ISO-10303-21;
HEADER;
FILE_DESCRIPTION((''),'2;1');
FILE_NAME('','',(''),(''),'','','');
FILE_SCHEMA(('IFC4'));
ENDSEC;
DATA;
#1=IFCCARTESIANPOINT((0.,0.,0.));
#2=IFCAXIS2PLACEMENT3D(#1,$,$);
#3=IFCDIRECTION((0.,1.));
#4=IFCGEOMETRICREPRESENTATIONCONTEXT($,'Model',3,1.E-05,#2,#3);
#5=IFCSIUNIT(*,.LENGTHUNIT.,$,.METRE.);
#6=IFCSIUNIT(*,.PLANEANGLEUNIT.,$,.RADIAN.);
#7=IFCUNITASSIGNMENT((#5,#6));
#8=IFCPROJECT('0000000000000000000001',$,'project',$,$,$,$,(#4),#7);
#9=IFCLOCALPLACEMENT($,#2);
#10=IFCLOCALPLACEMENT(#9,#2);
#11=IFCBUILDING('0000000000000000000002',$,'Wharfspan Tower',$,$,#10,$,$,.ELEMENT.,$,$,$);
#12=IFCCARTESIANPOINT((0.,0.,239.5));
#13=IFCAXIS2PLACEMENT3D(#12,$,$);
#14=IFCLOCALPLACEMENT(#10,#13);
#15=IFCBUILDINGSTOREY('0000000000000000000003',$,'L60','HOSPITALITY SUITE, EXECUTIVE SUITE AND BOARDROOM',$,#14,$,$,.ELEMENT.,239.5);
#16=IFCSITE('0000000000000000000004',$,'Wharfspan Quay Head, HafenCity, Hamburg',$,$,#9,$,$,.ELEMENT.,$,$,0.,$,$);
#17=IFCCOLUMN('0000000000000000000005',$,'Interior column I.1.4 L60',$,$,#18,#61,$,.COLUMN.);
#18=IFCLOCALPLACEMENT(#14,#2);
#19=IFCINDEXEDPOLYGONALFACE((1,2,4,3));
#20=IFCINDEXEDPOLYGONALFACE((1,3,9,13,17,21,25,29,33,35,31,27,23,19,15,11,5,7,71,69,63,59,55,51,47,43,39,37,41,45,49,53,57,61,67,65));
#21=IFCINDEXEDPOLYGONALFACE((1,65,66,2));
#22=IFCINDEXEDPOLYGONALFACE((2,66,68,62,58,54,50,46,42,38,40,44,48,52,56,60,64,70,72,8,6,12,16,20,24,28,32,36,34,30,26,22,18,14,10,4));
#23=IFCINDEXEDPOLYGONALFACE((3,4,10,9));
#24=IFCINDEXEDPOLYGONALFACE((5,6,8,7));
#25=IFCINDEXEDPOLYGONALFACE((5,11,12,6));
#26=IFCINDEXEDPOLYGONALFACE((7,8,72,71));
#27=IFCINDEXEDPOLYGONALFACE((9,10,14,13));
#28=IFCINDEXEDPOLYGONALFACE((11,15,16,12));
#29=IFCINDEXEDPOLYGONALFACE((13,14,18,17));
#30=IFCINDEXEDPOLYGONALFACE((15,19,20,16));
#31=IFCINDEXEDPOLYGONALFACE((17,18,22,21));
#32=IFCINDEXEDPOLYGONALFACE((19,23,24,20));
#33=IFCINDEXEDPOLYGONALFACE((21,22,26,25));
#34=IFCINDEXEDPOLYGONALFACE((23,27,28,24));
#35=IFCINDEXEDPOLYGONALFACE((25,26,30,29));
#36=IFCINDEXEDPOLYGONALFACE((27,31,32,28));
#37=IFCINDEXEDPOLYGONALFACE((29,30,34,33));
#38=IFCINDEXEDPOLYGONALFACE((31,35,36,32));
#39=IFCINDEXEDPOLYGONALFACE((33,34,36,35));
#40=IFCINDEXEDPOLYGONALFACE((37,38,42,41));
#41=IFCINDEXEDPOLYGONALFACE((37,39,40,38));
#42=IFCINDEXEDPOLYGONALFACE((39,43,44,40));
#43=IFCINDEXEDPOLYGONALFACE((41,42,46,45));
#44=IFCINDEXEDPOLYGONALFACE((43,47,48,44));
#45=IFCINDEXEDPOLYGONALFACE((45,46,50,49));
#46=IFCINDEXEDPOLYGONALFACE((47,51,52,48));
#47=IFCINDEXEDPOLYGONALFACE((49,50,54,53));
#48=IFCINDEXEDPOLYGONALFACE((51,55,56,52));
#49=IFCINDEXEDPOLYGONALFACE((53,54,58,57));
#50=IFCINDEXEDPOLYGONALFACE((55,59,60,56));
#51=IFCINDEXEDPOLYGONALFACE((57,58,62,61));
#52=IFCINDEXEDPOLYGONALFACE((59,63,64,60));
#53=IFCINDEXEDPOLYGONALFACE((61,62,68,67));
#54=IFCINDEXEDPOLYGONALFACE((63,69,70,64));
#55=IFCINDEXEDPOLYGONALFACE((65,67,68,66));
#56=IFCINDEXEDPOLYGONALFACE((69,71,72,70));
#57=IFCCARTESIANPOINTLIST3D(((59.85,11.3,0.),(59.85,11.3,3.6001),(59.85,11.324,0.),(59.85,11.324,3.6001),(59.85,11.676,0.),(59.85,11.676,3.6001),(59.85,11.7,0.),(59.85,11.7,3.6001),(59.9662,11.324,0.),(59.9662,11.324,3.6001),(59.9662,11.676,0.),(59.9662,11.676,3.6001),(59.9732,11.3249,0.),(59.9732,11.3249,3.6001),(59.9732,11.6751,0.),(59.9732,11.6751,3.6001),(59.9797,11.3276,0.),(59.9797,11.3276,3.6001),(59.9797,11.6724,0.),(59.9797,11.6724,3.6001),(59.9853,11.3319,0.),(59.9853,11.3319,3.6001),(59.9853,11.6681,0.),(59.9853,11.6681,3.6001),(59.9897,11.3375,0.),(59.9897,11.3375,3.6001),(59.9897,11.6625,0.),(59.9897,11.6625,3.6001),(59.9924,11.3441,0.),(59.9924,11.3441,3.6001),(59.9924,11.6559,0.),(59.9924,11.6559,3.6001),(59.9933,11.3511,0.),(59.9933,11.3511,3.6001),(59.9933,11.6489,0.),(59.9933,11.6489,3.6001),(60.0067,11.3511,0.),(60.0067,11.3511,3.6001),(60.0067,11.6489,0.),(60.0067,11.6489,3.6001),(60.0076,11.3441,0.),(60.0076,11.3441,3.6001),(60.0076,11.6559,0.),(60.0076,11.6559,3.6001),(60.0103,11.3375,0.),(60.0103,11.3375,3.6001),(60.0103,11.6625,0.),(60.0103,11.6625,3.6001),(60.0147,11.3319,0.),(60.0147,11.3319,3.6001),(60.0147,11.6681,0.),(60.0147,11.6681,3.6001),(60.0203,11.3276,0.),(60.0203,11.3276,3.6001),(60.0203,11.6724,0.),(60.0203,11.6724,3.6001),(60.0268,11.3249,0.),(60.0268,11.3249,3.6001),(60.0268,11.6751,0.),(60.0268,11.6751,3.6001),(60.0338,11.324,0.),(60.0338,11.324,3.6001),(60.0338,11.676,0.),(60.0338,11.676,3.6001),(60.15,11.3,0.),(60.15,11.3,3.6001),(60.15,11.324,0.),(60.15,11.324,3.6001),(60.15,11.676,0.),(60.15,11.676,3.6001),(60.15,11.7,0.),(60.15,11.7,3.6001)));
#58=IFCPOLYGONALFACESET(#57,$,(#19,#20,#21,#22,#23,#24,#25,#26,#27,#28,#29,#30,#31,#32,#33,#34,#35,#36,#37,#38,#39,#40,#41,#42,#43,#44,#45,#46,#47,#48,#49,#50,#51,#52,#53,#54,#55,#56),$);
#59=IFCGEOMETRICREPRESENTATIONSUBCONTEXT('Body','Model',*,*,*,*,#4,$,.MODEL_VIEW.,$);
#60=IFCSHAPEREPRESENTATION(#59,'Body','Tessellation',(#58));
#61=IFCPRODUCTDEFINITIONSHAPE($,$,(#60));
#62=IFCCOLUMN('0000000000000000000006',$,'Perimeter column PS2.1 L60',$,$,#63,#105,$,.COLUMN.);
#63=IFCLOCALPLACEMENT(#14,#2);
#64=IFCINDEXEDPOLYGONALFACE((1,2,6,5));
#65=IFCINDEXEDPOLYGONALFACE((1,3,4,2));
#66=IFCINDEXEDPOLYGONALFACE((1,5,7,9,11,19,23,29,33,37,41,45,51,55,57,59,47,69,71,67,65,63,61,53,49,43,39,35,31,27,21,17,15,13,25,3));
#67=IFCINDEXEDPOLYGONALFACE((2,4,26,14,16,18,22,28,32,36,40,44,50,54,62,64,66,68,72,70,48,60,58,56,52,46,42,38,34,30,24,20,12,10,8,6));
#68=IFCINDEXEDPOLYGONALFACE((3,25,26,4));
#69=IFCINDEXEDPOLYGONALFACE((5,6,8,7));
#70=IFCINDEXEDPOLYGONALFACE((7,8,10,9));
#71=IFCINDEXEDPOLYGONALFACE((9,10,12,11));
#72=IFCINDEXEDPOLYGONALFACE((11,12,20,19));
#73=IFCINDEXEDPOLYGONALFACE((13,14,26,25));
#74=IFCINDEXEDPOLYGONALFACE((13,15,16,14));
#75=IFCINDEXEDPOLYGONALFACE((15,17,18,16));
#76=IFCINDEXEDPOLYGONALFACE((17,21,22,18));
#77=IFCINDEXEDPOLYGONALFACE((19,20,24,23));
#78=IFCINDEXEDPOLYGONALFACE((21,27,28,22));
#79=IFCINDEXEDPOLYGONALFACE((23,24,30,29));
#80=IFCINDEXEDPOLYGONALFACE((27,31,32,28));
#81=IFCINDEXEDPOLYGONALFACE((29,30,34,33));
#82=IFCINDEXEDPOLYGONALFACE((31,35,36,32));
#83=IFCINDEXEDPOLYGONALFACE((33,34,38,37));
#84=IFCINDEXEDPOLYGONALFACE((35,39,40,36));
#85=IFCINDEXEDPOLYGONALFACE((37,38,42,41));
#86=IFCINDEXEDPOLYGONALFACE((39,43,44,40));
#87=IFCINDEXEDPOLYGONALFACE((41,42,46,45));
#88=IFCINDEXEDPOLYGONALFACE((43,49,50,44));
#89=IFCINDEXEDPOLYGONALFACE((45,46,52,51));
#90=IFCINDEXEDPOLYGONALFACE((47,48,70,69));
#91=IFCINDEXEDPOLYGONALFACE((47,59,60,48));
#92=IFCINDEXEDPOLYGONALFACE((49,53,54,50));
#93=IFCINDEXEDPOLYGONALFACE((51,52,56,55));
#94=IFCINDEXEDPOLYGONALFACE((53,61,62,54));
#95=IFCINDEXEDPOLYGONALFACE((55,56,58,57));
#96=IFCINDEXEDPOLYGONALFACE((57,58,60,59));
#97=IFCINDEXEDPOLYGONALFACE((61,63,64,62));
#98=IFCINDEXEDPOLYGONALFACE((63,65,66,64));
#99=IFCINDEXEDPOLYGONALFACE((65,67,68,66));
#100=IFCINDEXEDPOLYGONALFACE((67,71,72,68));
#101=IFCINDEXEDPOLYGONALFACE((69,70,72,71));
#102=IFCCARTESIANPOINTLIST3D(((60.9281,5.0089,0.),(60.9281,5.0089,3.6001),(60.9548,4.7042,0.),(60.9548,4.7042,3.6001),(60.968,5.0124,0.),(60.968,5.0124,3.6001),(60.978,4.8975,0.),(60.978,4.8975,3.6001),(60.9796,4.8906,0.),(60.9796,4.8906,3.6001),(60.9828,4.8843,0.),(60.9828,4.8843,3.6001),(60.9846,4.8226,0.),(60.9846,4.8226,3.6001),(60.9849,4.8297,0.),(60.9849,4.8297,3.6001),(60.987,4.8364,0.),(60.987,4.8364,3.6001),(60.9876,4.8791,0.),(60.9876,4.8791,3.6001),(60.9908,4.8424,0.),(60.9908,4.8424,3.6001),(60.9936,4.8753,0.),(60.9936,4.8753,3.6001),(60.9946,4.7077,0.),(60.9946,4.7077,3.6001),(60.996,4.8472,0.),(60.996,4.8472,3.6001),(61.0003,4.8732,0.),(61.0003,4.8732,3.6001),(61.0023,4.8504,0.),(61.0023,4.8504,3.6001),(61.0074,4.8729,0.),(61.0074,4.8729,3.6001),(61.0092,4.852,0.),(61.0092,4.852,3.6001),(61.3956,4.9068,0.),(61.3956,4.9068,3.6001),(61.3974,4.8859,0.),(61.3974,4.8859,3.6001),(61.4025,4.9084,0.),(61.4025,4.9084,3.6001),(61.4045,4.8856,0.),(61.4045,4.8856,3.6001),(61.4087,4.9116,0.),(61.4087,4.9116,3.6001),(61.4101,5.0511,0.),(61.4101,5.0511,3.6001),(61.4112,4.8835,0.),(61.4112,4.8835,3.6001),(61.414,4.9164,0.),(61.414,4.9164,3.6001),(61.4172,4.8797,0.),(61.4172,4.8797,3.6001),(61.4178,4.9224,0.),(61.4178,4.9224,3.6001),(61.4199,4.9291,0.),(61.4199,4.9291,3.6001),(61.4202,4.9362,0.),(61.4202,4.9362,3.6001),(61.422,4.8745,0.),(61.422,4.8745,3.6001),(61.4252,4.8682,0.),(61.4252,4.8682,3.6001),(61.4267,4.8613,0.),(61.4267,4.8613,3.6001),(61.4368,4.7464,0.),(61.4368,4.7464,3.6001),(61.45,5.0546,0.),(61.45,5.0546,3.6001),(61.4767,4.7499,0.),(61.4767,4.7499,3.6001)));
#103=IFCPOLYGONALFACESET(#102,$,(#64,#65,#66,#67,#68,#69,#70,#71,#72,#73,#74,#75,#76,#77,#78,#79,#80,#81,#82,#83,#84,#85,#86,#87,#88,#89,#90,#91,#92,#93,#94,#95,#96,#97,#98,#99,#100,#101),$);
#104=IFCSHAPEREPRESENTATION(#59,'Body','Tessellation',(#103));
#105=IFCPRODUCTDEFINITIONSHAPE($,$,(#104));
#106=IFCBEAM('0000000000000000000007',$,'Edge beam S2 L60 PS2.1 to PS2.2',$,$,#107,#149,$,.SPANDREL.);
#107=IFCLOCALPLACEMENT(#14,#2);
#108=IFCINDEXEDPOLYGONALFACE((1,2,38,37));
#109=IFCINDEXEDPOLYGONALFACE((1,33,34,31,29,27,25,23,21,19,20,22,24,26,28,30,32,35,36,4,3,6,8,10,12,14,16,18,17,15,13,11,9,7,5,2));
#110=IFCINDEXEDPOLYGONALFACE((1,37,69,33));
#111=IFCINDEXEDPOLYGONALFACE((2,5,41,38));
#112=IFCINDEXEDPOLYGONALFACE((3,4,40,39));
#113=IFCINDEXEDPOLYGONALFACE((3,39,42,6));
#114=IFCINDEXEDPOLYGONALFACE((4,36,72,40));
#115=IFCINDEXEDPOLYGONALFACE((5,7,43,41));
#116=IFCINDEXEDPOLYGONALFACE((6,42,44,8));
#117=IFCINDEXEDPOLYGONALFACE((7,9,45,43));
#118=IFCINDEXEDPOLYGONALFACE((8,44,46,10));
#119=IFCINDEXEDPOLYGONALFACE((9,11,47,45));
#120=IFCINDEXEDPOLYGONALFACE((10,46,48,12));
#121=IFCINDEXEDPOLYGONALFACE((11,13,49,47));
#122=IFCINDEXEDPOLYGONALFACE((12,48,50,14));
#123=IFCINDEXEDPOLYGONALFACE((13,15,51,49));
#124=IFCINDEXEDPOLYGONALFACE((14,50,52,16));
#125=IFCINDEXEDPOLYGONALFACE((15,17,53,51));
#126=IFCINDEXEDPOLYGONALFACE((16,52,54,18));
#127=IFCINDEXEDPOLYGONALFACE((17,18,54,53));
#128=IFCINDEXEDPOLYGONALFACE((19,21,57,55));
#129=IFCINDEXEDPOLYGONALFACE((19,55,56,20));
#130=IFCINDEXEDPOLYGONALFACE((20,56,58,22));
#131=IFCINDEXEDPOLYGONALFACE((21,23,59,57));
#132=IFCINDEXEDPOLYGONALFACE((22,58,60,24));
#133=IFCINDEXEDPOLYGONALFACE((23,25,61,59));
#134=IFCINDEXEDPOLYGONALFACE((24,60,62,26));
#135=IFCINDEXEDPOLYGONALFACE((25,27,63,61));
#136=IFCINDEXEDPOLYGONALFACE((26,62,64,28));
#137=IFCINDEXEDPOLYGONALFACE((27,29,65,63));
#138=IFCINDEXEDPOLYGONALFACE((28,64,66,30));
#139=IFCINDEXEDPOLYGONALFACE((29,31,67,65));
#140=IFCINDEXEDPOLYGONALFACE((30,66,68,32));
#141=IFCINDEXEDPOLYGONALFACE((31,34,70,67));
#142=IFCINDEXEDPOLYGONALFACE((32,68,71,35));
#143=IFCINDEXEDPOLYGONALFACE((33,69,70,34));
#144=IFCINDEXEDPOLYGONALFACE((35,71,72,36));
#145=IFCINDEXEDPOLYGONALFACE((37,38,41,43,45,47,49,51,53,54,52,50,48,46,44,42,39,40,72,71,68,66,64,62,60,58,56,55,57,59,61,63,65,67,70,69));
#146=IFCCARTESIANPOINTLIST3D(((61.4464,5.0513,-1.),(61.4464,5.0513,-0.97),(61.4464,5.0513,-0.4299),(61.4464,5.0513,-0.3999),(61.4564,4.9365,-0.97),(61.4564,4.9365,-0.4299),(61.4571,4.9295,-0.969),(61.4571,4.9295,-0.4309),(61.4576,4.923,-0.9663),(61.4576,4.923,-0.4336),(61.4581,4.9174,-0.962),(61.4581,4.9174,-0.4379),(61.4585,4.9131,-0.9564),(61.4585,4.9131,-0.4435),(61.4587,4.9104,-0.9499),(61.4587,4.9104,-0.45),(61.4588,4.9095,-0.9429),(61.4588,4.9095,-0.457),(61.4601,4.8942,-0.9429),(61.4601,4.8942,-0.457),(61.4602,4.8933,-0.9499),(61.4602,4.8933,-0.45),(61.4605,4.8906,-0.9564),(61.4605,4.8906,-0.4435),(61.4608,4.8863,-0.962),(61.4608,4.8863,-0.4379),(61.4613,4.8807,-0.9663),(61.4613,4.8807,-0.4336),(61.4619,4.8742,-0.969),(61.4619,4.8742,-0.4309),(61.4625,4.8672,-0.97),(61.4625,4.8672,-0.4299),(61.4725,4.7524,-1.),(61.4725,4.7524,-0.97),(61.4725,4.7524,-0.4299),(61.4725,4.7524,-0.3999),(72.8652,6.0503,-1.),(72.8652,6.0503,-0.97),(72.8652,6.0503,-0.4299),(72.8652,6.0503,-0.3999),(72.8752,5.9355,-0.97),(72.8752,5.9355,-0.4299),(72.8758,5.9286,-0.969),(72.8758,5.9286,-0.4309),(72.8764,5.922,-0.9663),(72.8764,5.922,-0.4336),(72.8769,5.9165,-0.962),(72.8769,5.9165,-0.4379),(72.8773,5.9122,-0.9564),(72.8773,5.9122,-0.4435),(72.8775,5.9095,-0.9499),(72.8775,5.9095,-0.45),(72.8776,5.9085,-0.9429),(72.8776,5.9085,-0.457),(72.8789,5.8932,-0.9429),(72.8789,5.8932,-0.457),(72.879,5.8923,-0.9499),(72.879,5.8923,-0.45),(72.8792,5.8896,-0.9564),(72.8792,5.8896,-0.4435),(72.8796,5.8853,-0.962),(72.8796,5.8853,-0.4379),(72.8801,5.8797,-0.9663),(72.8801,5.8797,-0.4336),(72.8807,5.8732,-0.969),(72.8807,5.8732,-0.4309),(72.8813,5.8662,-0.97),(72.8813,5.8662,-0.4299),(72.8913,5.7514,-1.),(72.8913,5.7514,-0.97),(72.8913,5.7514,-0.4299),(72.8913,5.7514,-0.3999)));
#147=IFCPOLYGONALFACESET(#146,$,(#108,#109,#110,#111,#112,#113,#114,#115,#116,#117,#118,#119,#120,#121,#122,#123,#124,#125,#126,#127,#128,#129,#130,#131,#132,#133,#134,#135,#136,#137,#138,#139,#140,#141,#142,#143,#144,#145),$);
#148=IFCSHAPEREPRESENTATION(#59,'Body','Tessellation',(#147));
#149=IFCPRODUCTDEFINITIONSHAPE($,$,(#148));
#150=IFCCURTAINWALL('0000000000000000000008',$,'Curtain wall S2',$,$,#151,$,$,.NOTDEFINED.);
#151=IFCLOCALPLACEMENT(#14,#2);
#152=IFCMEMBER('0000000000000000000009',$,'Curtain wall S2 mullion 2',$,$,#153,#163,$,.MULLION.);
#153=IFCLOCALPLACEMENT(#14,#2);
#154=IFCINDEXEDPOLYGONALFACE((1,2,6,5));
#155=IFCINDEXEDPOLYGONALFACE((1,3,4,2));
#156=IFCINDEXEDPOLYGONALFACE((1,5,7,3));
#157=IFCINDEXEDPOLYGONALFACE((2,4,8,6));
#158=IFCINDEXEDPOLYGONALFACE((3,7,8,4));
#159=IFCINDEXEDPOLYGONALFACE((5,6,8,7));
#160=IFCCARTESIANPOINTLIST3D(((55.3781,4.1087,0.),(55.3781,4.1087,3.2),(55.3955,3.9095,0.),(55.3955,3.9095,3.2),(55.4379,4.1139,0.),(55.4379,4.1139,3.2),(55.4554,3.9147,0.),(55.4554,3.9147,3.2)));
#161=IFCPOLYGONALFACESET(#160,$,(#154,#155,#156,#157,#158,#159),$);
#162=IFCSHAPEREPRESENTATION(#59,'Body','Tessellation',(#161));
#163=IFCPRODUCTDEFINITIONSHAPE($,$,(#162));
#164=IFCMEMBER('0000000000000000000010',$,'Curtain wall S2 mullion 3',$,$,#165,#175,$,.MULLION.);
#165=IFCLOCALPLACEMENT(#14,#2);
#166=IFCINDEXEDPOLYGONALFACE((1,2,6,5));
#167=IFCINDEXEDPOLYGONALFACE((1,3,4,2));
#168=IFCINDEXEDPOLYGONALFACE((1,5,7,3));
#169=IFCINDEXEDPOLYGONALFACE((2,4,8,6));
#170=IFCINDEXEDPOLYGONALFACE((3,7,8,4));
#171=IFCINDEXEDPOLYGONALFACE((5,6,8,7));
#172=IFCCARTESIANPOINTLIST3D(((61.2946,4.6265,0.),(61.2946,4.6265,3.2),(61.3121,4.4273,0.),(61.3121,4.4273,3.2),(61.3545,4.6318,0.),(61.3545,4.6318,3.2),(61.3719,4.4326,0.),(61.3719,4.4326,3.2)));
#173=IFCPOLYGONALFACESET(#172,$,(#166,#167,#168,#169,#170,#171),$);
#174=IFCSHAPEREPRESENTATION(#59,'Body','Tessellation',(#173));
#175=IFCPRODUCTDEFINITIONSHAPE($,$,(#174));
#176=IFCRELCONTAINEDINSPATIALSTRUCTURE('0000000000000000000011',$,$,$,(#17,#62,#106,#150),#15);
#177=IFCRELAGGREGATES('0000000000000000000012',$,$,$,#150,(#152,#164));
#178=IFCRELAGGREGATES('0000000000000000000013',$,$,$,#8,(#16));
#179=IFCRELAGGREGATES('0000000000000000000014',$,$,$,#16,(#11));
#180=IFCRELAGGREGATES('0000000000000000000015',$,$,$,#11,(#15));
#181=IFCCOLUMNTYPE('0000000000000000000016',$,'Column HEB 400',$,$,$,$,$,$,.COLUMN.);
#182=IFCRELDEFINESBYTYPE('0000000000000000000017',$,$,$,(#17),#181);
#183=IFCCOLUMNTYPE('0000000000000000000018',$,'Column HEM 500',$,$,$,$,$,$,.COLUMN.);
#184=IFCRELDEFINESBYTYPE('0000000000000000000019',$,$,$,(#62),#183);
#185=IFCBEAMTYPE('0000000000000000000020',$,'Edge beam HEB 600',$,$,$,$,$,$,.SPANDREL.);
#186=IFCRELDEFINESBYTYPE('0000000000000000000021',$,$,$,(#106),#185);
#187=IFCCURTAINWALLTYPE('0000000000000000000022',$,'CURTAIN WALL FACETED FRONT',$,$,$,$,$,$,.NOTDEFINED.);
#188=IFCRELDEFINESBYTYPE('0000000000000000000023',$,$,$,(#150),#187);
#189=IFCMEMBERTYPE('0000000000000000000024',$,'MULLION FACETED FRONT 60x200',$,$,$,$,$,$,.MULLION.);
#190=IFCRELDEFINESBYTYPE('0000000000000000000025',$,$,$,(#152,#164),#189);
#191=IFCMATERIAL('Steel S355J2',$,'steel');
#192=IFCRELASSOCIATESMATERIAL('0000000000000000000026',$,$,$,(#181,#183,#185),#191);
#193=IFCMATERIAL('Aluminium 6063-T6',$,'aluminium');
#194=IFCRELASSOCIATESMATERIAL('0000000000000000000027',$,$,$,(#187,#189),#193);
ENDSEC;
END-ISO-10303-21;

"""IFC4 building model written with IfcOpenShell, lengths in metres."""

from ifc_helpers import new_model, si_unit, direction, frame, origin, origin_2d, place, context, subcontext, project, spatial, rectangle, i_section, extrude, material, material_profile, profile_set, type_object, element, aggregate, save


model = new_model("IFC4")

# Units and contexts
model_context = context("Model", 3, precision=1e-05, world=origin(), true_north=direction((0.0, 1.0)))
body_context = subcontext(model_context, "Body", "Model", "MODEL_VIEW")
ifc_project = project(units=[si_unit("LENGTHUNIT", "METRE"), si_unit("PLANEANGLEUNIT", "RADIAN")], contexts=[model_context])

# Site, building, storey
site_placement = place(None, origin())
site = spatial("IfcSite", under=ifc_project, at=site_placement, Name="Wharfspan Quay Head, HafenCity, Hamburg", CompositionType="ELEMENT", RefElevation=0.0)
building_placement = place(site_placement, origin())
building = spatial("IfcBuilding", under=site, at=building_placement, Name="Wharfspan Tower", CompositionType="ELEMENT")
storey_placement = place(building_placement, frame((0.0, 0.0, 239.5)))
storey = spatial("IfcBuildingStorey", under=building, at=storey_placement, Name="L60", Description="HOSPITALITY SUITE, EXECUTIVE SUITE AND BOARDROOM", CompositionType="ELEMENT", Elevation=239.5)

# Columns
ifc_material_1 = material(Name="Steel S355J2", Category="steel")
ifc_material_profile_1 = material_profile(ifc_material_1, i_section(OverallWidth=0.3, OverallDepth=0.3999, WebThickness=0.0134, FlangeThickness=0.0239, FilletRadius=0.0271, at=origin_2d()))
ifc_profile_set_1 = profile_set([ifc_material_profile_1], Name="Steel S355J2")
column_type_1 = type_object("IfcColumnType", Name="Column HEB 400", PredefinedType="COLUMN", material=ifc_profile_set_1)
column_1_placement = place(storey_placement, frame((60.0, 11.5, 0.0), z_axis=(0.0, 0.0, 1.0), x_axis=(1.0, 0.0, 0.0)))
element("IfcColumn", 1, at=column_1_placement, inside=storey, type_object=column_type_1, Name="Interior column I.1.4 L60", PredefinedType="COLUMN", context=body_context, shape_type="SweptSolid", body=[
    extrude(i_section(OverallWidth=0.3, OverallDepth=0.3999, WebThickness=0.0134, FlangeThickness=0.0239, FilletRadius=0.0271, at=origin_2d()), origin(), (0.0, 0.0, 1.0), 3.6001),
])
ifc_material_profile_2 = material_profile(ifc_material_1, i_section(OverallWidth=0.3059, OverallDepth=0.5239, WebThickness=0.021, FlangeThickness=0.04, FilletRadius=0.0271, at=origin_2d()))
ifc_profile_set_2 = profile_set([ifc_material_profile_2], Name="Steel S355J2")
column_type_2 = type_object("IfcColumnType", Name="Column HEM 500", PredefinedType="COLUMN", material=ifc_profile_set_2)
column_2_placement = place(storey_placement, frame((61.2024, 4.8794, 0.0), z_axis=(0.0, 0.0, 1.0), x_axis=(0.087156, -0.996197, 0.0)))
element("IfcColumn", 2, at=column_2_placement, inside=storey, type_object=column_type_2, Name="Perimeter column PS2.1 L60", PredefinedType="COLUMN", context=body_context, shape_type="SweptSolid", body=[
    extrude(i_section(OverallWidth=0.3059, OverallDepth=0.5239, WebThickness=0.021, FlangeThickness=0.04, FilletRadius=0.0271, at=origin_2d()), origin(), (0.0, 0.0, 1.0), 3.6001),
])

# Beam
ifc_material_profile_3 = material_profile(ifc_material_1, i_section(OverallWidth=0.3, OverallDepth=0.6001, WebThickness=0.0154, FlangeThickness=0.03, FilletRadius=0.0271, at=origin_2d()))
ifc_profile_set_3 = profile_set([ifc_material_profile_3], Name="Steel S355J2")
beam_type = type_object("IfcBeamType", Name="Edge beam HEB 600", PredefinedType="SPANDREL", material=ifc_profile_set_3)
beam_placement = place(storey_placement, frame((61.4595, 4.9019, -0.7), z_axis=(0.996195, 0.087157, 0.0), x_axis=(-0.087157, 0.996195, 0.0)))
element("IfcBeam", 3, at=beam_placement, inside=storey, type_object=beam_type, Name="Edge beam S2 L60 PS2.1 to PS2.2", PredefinedType="SPANDREL", context=body_context, shape_type="SweptSolid", body=[
    extrude(i_section(OverallWidth=0.3, OverallDepth=0.6001, WebThickness=0.0154, FlangeThickness=0.03, FilletRadius=0.0271, at=origin_2d()), origin(), (0.0, 0.0, 1.0), 11.4624),
])

# Curtain wall, members
ifc_material_2 = material(Name="Aluminium 6063-T6", Category="aluminium")
curtain_wall_type = type_object("IfcCurtainWallType", Name="CURTAIN WALL FACETED FRONT", PredefinedType="NOTDEFINED", material=ifc_material_2)
curtain_wall_placement = place(storey_placement, origin())
curtain_wall = element("IfcCurtainWall", 4, at=curtain_wall_placement, inside=storey, type_object=curtain_wall_type, Name="Curtain wall S2", PredefinedType="NOTDEFINED")
ifc_material_profile_4 = material_profile(ifc_material_2, rectangle(XDim=0.2, YDim=0.0601, at=origin_2d()))
ifc_profile_set_4 = profile_set([ifc_material_profile_4], Name="Aluminium 6063-T6")
member_type_1 = type_object("IfcMemberType", Name="MULLION FACETED FRONT 60x200", PredefinedType="MULLION", material=ifc_profile_set_4)
member_1_placement = place(storey_placement, frame((55.4167, 4.0117, 0.0), z_axis=(0.0, 0.0, 1.0), x_axis=(-0.087156, 0.996197, 0.0)))
member_1 = element("IfcMember", 5, at=member_1_placement, type_object=member_type_1, Name="Curtain wall S2 mullion 2", PredefinedType="MULLION", context=body_context, shape_type="SweptSolid", body=[
    extrude(rectangle(XDim=0.2, YDim=0.0601, at=origin_2d()), origin(), (0.0, 0.0, 1.0), 3.2),
])
member_2_placement = place(storey_placement, frame((61.3333, 4.5295, 0.0), z_axis=(0.0, 0.0, 1.0), x_axis=(-0.087156, 0.996197, 0.0)))
member_2 = element("IfcMember", 6, at=member_2_placement, type_object=member_type_1, Name="Curtain wall S2 mullion 3", PredefinedType="MULLION", context=body_context, shape_type="SweptSolid", body=[
    extrude(rectangle(XDim=0.2, YDim=0.0601, at=origin_2d()), origin(), (0.0, 0.0, 1.0), 3.2),
])

aggregate(curtain_wall, [member_1, member_2])

save(model, "model.ifc")
